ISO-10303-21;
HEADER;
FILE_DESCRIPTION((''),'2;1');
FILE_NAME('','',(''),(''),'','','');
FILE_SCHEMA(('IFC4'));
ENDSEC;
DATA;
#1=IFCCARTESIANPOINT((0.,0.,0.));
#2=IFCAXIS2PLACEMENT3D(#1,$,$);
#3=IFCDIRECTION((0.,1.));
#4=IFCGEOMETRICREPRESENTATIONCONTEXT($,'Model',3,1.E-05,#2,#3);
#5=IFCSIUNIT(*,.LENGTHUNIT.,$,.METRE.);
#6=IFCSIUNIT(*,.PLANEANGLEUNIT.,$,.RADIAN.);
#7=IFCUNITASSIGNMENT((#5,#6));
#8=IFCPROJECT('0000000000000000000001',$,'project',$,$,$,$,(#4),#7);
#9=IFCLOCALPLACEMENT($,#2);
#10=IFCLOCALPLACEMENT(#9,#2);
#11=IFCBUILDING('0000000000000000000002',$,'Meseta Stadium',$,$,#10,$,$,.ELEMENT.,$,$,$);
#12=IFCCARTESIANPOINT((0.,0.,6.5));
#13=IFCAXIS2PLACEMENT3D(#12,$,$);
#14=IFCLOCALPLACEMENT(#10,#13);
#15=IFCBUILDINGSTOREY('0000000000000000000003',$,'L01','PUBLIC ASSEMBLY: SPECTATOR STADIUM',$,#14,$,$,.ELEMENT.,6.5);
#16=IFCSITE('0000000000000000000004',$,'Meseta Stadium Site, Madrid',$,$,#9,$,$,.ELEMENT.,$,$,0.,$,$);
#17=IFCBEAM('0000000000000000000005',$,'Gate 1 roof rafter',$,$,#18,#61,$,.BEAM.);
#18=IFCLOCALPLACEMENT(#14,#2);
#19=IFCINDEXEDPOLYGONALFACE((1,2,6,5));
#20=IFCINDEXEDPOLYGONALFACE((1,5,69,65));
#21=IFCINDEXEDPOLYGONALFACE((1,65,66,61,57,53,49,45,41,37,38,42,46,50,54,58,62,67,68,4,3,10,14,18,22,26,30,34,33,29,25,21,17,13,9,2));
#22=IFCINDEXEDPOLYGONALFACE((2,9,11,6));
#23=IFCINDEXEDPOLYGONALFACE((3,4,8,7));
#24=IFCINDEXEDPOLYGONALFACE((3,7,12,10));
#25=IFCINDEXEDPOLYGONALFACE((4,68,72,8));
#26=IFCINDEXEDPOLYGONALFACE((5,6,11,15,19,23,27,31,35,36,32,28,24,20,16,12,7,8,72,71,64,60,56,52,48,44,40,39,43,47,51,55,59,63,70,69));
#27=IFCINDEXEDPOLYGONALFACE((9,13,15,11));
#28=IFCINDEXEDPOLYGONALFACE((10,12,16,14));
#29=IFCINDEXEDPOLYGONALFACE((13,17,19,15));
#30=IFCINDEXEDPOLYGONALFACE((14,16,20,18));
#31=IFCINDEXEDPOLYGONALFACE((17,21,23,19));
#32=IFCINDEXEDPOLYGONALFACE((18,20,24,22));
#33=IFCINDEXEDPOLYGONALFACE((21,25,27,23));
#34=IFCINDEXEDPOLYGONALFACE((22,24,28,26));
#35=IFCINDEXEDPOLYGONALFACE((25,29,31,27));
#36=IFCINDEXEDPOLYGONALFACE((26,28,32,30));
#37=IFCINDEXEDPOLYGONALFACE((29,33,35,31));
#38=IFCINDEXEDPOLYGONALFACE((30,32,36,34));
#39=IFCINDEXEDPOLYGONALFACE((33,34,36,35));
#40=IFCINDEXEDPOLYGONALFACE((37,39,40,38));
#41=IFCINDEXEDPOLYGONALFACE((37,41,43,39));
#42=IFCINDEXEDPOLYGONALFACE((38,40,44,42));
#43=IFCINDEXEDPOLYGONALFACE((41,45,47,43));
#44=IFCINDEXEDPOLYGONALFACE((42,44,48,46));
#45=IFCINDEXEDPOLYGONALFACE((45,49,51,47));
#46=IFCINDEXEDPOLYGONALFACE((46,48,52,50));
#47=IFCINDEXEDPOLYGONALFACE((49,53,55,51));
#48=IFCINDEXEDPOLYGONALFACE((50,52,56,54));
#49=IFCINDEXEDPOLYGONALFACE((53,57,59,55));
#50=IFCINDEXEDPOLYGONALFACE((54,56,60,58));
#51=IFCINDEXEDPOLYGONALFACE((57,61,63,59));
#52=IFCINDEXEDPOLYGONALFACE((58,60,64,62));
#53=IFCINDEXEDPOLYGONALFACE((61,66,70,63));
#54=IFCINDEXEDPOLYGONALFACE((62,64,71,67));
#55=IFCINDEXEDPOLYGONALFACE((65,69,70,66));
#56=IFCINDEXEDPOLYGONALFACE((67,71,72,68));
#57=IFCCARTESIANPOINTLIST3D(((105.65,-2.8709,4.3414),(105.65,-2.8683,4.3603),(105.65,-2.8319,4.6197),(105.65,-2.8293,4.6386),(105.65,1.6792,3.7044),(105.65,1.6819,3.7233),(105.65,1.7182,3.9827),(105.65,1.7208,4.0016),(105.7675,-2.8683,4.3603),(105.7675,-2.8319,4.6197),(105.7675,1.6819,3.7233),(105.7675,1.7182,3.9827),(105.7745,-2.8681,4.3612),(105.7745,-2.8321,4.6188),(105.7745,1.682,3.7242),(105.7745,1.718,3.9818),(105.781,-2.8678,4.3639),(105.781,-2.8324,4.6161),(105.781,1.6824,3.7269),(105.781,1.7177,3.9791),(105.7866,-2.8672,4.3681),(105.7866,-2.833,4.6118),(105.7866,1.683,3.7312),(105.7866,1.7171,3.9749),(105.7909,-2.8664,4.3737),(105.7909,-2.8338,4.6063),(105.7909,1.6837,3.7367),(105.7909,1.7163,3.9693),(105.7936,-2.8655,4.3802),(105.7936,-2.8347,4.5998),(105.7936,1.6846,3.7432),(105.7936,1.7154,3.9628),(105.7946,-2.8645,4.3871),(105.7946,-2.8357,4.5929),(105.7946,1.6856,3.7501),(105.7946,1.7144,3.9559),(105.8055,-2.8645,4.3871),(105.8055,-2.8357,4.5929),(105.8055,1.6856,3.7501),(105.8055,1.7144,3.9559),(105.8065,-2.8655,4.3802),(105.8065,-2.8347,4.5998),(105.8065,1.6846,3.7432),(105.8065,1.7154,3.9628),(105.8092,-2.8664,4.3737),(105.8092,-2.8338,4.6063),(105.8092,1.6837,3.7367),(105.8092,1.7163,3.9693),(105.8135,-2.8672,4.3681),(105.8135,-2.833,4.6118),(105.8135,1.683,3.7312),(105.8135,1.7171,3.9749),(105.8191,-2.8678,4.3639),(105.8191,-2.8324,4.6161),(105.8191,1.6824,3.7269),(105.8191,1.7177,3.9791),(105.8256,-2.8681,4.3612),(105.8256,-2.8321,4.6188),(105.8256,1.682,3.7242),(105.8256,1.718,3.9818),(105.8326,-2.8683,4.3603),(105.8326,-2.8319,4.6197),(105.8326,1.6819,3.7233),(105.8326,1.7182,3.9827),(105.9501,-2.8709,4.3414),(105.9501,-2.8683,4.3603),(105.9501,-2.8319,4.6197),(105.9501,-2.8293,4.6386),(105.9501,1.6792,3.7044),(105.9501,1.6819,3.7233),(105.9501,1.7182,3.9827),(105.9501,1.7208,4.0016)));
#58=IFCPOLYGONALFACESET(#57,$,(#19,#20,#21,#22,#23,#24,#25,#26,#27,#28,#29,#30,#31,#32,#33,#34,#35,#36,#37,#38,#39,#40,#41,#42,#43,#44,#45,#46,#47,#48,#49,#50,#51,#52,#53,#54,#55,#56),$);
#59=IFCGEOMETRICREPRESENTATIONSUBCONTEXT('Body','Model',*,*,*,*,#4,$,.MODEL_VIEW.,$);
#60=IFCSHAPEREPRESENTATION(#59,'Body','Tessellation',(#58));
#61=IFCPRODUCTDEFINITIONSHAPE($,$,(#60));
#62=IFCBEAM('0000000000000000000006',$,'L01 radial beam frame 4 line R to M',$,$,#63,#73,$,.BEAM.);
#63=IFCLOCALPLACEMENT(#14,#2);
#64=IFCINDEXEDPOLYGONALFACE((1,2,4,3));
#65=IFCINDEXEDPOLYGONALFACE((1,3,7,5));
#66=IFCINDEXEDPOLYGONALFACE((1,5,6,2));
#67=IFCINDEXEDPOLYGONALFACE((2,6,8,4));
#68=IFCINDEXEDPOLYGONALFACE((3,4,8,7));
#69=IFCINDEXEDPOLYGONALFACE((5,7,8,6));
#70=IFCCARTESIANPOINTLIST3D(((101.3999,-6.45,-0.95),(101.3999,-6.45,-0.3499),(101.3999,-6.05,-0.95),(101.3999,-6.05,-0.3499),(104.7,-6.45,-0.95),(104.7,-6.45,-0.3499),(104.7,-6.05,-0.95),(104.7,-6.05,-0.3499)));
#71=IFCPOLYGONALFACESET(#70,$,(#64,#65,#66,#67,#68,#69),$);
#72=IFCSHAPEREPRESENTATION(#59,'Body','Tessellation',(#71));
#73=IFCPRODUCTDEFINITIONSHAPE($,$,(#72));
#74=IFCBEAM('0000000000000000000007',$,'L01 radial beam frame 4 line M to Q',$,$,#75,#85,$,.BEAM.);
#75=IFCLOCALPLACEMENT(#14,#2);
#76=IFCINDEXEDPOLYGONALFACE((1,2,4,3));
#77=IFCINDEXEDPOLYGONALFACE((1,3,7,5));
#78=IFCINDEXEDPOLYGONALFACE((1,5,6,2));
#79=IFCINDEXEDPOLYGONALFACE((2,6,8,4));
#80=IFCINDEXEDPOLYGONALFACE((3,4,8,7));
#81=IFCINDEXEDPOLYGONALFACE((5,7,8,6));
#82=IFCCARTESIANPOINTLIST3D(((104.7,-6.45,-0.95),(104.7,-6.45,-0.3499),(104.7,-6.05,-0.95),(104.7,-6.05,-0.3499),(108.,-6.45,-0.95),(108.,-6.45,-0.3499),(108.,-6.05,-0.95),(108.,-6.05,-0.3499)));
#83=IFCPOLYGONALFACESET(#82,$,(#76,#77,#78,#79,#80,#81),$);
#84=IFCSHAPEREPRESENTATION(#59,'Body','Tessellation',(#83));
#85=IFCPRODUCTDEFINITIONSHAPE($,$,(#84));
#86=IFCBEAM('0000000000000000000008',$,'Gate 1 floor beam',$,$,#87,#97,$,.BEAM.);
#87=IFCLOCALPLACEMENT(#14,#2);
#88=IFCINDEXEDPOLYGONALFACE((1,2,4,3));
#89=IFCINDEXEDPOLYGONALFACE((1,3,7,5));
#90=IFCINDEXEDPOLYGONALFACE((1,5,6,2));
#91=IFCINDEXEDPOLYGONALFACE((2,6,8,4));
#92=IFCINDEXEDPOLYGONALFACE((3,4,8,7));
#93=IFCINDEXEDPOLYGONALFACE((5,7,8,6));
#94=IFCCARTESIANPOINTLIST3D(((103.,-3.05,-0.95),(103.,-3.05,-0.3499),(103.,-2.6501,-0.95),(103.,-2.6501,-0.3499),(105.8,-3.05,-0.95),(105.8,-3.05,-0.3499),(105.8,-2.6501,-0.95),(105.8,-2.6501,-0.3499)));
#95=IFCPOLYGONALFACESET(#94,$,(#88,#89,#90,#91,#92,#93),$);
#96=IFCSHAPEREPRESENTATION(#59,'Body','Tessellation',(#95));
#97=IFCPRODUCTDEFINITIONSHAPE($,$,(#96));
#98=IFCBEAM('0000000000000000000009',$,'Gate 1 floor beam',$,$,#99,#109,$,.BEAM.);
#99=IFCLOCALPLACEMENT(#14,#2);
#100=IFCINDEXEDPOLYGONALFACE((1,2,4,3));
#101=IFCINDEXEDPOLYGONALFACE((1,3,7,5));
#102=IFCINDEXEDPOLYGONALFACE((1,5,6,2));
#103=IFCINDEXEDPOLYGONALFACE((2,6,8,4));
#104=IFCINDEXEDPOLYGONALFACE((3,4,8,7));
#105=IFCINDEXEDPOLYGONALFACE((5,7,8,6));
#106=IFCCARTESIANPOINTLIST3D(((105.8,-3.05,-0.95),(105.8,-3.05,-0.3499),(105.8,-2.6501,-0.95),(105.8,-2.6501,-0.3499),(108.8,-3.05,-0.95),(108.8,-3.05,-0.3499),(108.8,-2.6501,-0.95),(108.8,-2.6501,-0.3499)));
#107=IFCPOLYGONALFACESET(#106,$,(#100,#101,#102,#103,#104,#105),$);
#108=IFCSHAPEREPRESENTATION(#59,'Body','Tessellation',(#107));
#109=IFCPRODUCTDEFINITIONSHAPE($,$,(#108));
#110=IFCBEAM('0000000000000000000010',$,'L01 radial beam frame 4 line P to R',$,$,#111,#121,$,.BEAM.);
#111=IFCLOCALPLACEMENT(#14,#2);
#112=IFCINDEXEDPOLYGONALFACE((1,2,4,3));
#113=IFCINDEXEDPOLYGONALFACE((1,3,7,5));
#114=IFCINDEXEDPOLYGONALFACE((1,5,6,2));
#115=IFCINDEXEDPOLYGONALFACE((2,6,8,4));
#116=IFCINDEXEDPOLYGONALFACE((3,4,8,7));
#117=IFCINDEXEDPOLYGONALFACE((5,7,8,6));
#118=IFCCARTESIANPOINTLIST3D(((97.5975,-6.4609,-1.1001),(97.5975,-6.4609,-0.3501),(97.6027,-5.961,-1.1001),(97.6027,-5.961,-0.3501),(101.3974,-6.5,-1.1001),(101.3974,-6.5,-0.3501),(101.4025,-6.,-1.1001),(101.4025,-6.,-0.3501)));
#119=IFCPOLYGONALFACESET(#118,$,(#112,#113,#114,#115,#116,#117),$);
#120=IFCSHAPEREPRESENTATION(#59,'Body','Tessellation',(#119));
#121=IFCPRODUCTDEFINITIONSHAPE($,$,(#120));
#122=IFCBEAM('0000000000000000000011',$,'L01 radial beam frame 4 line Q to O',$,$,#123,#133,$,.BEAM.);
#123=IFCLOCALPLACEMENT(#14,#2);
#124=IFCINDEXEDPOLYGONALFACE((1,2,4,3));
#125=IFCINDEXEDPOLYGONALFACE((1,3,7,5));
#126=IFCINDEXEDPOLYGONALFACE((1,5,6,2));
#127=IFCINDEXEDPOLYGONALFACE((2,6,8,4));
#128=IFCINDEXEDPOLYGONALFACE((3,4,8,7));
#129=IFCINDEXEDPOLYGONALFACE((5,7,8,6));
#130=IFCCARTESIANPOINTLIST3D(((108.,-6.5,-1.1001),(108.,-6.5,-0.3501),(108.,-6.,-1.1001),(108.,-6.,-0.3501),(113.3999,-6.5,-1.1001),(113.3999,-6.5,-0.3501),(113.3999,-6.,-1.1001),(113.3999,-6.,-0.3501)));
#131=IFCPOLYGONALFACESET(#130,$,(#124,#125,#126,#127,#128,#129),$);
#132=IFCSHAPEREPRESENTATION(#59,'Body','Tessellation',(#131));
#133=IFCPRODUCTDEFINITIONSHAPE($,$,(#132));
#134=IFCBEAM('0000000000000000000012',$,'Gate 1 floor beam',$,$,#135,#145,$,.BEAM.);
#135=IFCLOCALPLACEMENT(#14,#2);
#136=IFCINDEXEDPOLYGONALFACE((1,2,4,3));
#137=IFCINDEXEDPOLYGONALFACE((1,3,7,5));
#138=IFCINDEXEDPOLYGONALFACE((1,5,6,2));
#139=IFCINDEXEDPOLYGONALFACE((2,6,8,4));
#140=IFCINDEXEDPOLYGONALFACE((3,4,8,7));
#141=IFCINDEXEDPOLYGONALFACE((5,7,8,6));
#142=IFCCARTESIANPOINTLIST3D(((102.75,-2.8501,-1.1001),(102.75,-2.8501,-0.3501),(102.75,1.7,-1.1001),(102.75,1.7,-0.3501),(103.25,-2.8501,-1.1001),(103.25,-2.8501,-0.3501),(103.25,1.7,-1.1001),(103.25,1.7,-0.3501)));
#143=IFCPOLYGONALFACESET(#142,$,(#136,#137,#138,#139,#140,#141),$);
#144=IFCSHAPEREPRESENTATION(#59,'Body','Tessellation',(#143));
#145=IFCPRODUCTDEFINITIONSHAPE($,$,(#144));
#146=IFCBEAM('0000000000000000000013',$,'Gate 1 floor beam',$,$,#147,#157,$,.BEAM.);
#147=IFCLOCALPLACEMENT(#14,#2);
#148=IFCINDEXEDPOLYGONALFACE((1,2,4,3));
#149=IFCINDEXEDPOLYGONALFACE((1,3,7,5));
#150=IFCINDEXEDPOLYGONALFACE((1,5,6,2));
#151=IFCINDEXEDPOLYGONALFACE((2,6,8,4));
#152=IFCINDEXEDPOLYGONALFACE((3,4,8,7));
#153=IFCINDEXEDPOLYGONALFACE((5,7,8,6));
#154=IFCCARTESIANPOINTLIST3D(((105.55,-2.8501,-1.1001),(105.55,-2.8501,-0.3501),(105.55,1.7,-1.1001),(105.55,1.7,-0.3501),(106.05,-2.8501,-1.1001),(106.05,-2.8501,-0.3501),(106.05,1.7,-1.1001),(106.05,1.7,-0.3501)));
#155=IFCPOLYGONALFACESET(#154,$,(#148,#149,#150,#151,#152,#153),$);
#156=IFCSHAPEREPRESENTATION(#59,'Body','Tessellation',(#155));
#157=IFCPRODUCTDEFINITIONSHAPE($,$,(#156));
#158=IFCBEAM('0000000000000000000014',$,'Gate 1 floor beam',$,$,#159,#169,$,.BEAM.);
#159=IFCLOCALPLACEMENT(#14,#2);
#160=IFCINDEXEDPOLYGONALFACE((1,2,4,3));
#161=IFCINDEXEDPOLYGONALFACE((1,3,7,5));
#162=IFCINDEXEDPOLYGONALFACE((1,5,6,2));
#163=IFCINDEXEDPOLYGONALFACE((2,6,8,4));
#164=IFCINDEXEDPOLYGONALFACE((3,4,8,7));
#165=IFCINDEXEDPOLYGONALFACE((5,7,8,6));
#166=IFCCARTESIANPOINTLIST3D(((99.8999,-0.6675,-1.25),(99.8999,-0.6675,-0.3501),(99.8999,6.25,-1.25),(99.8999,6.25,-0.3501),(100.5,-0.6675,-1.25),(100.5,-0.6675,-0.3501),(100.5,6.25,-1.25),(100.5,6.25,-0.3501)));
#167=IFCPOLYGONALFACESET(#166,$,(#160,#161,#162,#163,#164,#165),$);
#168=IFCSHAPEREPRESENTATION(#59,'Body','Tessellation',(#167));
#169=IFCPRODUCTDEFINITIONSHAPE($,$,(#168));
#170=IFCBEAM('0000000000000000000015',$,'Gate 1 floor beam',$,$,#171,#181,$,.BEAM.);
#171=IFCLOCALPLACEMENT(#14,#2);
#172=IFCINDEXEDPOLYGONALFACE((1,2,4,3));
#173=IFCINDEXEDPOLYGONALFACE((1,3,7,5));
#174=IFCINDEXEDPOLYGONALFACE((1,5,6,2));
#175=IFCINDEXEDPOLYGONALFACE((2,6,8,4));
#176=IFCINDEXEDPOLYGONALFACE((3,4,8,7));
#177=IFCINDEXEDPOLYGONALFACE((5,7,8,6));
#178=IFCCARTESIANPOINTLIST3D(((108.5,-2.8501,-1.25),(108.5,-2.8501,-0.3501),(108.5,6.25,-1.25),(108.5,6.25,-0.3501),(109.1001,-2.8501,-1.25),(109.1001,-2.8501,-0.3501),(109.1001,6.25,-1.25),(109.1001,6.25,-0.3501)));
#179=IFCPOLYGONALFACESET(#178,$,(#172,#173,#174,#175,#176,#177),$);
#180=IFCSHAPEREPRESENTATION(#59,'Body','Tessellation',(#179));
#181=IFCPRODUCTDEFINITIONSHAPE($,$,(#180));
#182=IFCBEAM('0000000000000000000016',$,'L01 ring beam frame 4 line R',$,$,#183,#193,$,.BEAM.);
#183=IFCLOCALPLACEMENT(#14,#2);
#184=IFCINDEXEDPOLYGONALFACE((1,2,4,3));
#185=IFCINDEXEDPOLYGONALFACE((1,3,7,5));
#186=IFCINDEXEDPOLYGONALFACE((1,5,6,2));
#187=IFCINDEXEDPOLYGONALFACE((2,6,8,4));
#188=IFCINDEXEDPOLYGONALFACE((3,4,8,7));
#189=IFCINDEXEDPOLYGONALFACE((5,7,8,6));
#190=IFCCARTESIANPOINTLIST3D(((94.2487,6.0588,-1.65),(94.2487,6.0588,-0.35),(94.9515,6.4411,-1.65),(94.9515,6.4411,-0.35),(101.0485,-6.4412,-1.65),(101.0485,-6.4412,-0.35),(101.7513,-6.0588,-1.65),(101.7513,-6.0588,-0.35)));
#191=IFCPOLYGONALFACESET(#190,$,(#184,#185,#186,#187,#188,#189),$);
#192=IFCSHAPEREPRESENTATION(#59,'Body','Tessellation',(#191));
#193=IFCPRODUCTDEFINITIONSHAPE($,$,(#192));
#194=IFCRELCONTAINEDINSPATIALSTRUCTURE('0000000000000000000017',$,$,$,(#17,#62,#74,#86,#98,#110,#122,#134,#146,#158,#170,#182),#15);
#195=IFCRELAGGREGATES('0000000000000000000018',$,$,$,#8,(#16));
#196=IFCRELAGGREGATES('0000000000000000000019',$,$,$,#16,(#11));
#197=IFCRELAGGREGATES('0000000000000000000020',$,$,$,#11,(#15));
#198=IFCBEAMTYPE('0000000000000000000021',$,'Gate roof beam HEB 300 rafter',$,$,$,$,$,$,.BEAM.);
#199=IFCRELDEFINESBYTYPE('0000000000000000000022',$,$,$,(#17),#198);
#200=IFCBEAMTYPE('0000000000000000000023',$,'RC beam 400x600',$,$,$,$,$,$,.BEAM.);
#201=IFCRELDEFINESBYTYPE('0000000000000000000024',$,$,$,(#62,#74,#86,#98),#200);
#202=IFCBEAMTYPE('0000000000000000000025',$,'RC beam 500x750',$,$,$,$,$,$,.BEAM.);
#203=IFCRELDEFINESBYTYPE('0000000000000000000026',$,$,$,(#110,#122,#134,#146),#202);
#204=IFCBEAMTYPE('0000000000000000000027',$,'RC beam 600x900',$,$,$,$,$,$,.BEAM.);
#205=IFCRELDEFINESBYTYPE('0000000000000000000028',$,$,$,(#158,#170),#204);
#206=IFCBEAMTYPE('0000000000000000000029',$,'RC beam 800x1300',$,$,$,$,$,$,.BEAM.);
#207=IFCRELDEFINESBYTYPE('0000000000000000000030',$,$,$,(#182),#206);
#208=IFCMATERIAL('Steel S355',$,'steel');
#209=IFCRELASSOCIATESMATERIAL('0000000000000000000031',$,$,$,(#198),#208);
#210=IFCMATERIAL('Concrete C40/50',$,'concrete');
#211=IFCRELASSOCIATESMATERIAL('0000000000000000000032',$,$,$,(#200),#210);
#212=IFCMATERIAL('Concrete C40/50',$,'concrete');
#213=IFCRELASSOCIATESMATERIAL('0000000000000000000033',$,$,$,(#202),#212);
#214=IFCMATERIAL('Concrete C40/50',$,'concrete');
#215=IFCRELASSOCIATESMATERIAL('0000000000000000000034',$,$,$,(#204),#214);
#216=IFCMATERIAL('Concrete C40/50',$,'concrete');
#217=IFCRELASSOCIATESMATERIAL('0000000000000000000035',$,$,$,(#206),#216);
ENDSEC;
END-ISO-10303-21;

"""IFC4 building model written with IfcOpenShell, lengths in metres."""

from ifc_helpers import new_model, si_unit, direction, frame, origin, origin_2d, place, context, subcontext, project, spatial, rectangle, i_section, extrude, material, material_profile, profile_set, type_object, element, save


model = new_model("IFC4")

# Units and contexts
model_context = context("Model", 3, precision=1e-05, world=origin(), true_north=direction((0.0, 1.0)))
body_context = subcontext(model_context, "Body", "Model", "MODEL_VIEW")
ifc_project = project(units=[si_unit("LENGTHUNIT", "METRE"), si_unit("PLANEANGLEUNIT", "RADIAN")], contexts=[model_context])

# Site, building, storey
site_placement = place(None, origin())
site = spatial("IfcSite", under=ifc_project, at=site_placement, Name="Meseta Stadium Site, Madrid", CompositionType="ELEMENT", RefElevation=0.0)
building_placement = place(site_placement, origin())
building = spatial("IfcBuilding", under=site, at=building_placement, Name="Meseta Stadium", CompositionType="ELEMENT")
storey_placement = place(building_placement, frame((0.0, 0.0, 6.5)))
storey = spatial("IfcBuildingStorey", under=building, at=storey_placement, Name="L01", Description="PUBLIC ASSEMBLY: SPECTATOR STADIUM", CompositionType="ELEMENT", Elevation=6.5)

# Beams
ifc_material_1 = material(Name="Steel S355", Category="steel")
ifc_material_profile_1 = material_profile(ifc_material_1, i_section(OverallWidth=0.3, OverallDepth=0.3, WebThickness=0.011, FlangeThickness=0.019, FilletRadius=0.0271, at=origin_2d()), Name="HEB 300")
ifc_profile_set_1 = profile_set([ifc_material_profile_1], Name="Steel S355")
beam_type_1 = type_object("IfcBeamType", Name="Gate roof beam HEB 300 rafter", PredefinedType="BEAM", material=ifc_profile_set_1)
for number, where, z_axis, x_axis, name in (
    (1, (105.8, -2.8501, 4.49), (0.0, 0.990343, -0.138638), (-1.0, 0.0, 0.0), "Gate 1 roof rafter"),
):
    element("IfcBeam", number, at=place(storey_placement, frame(where, z_axis=z_axis, x_axis=x_axis)), inside=storey, type_object=beam_type_1, Name=name, PredefinedType="BEAM", context=body_context, shape_type="SweptSolid", body=[
        extrude(i_section(OverallWidth=0.3, OverallDepth=0.3, WebThickness=0.011, FlangeThickness=0.019, FilletRadius=0.0271, at=origin_2d()), origin(), (0.0, 0.0, 1.0), 4.5945),
    ])
ifc_material_2 = material(Name="Concrete C40/50", Category="concrete")
ifc_material_profile_2 = material_profile(ifc_material_2, rectangle(XDim=0.3999, YDim=0.6001, at=origin_2d()), Name="RC 400x600")
ifc_profile_set_2 = profile_set([ifc_material_profile_2], Name="Concrete C40/50")
beam_type_2 = type_object("IfcBeamType", Name="RC beam 400x600", PredefinedType="BEAM", material=ifc_profile_set_2)
for number, where, z_axis, x_axis, name in (
    (2, (101.3999, -6.25, -0.6499), (1.0, 0.0, 0.0), (0.0, 1.0, 0.0), "L01 radial beam frame 4 line R to M"),
    (3, (104.7, -6.25, -0.6499), (1.0, 0.0, 0.0), (0.0, 1.0, 0.0), "L01 radial beam frame 4 line M to Q"),
):
    element("IfcBeam", number, at=place(storey_placement, frame(where, z_axis=z_axis, x_axis=x_axis)), inside=storey, type_object=beam_type_2, Name=name, PredefinedType="BEAM", context=body_context, shape_type="SweptSolid", body=[
        extrude(rectangle(XDim=0.3999, YDim=0.6001, at=origin_2d()), origin(), (0.0, 0.0, 1.0), 3.3),
    ])
beam_1_placement = place(storey_placement, frame((103.0, -2.8501, -0.6499), z_axis=(1.0, 0.0, 0.0), x_axis=(0.0, 1.0, 0.0)))
element("IfcBeam", 4, at=beam_1_placement, inside=storey, type_object=beam_type_2, Name="Gate 1 floor beam", PredefinedType="BEAM", context=body_context, shape_type="SweptSolid", body=[
    extrude(rectangle(XDim=0.3999, YDim=0.6001, at=origin_2d()), origin(), (0.0, 0.0, 1.0), 2.8),
])
beam_2_placement = place(storey_placement, frame((105.8, -2.8501, -0.6499), z_axis=(1.0, 0.0, 0.0), x_axis=(0.0, 1.0, 0.0)))
element("IfcBeam", 5, at=beam_2_placement, inside=storey, type_object=beam_type_2, Name="Gate 1 floor beam", PredefinedType="BEAM", context=body_context, shape_type="SweptSolid", body=[
    extrude(rectangle(XDim=0.3999, YDim=0.6001, at=origin_2d()), origin(), (0.0, 0.0, 1.0), 3.0),
])
ifc_material_3 = material(Name="Concrete C40/50", Category="concrete")
ifc_material_profile_3 = material_profile(ifc_material_3, rectangle(XDim=0.5, YDim=0.75, at=origin_2d()), Name="RC 500x750")
ifc_profile_set_3 = profile_set([ifc_material_profile_3], Name="Concrete C40/50")
beam_type_3 = type_object("IfcBeamType", Name="RC beam 500x750", PredefinedType="BEAM", material=ifc_profile_set_3)
beam_3_placement = place(storey_placement, frame((97.6001, -6.2109, -0.7251), z_axis=(0.999947, -0.01028, 0.0), x_axis=(0.01028, 0.999947, 0.0)))
element("IfcBeam", 6, at=beam_3_placement, inside=storey, type_object=beam_type_3, Name="L01 radial beam frame 4 line P to R", PredefinedType="BEAM", context=body_context, shape_type="SweptSolid", body=[
    extrude(rectangle(XDim=0.5, YDim=0.75, at=origin_2d()), origin(), (0.0, 0.0, 1.0), 3.8),
])
beam_4_placement = place(storey_placement, frame((108.0, -6.25, -0.7251), z_axis=(1.0, 0.0, 0.0), x_axis=(0.0, 1.0, 0.0)))
element("IfcBeam", 7, at=beam_4_placement, inside=storey, type_object=beam_type_3, Name="L01 radial beam frame 4 line Q to O", PredefinedType="BEAM", context=body_context, shape_type="SweptSolid", body=[
    extrude(rectangle(XDim=0.5, YDim=0.75, at=origin_2d()), origin(), (0.0, 0.0, 1.0), 5.3999),
])
for number, where, z_axis, x_axis, name in (
    (8, (103.0, -2.8501, -0.7251), (0.0, 1.0, 0.0), (-1.0, 0.0, 0.0), "Gate 1 floor beam"),
    (9, (105.8, -2.8501, -0.7251), (0.0, 1.0, 0.0), (-1.0, 0.0, 0.0), "Gate 1 floor beam"),
):
    element("IfcBeam", number, at=place(storey_placement, frame(where, z_axis=z_axis, x_axis=x_axis)), inside=storey, type_object=beam_type_3, Name=name, PredefinedType="BEAM", context=body_context, shape_type="SweptSolid", body=[
        extrude(rectangle(XDim=0.5, YDim=0.75, at=origin_2d()), origin(), (0.0, 0.0, 1.0), 4.55),
    ])
ifc_material_4 = material(Name="Concrete C40/50", Category="concrete")
ifc_material_profile_4 = material_profile(ifc_material_4, rectangle(XDim=0.6001, YDim=0.8999, at=origin_2d()), Name="RC 600x900")
ifc_profile_set_4 = profile_set([ifc_material_profile_4], Name="Concrete C40/50")
beam_type_4 = type_object("IfcBeamType", Name="RC beam 600x900", PredefinedType="BEAM", material=ifc_profile_set_4)
beam_5_placement = place(storey_placement, frame((100.2, -0.6675, -0.8), z_axis=(0.0, 1.0, 0.0), x_axis=(-1.0, 0.0, 0.0)))
element("IfcBeam", 10, at=beam_5_placement, inside=storey, type_object=beam_type_4, Name="Gate 1 floor beam", PredefinedType="BEAM", context=body_context, shape_type="SweptSolid", body=[
    extrude(rectangle(XDim=0.6001, YDim=0.8999, at=origin_2d()), origin(), (0.0, 0.0, 1.0), 6.9175),
])
beam_6_placement = place(storey_placement, frame((108.8, -2.8501, -0.8), z_axis=(0.0, 1.0, 0.0), x_axis=(-1.0, 0.0, 0.0)))
element("IfcBeam", 11, at=beam_6_placement, inside=storey, type_object=beam_type_4, Name="Gate 1 floor beam", PredefinedType="BEAM", context=body_context, shape_type="SweptSolid", body=[
    extrude(rectangle(XDim=0.6001, YDim=0.8999, at=origin_2d()), origin(), (0.0, 0.0, 1.0), 9.1001),
])
ifc_material_5 = material(Name="Concrete C40/50", Category="concrete")
ifc_material_profile_5 = material_profile(ifc_material_5, rectangle(XDim=0.8, YDim=1.3, at=origin_2d()), Name="RC 800x1300")
ifc_profile_set_5 = profile_set([ifc_material_profile_5], Name="Concrete C40/50")
beam_type_5 = type_object("IfcBeamType", Name="RC beam 800x1300", PredefinedType="BEAM", material=ifc_profile_set_5)
beam_7_placement = place(storey_placement, frame((101.3999, -6.25, -1.0), z_axis=(-0.477856, 0.878438, 0.0), x_axis=(-0.878438, -0.477856, 0.0)))
element("IfcBeam", 12, at=beam_7_placement, inside=storey, type_object=beam_type_5, Name="L01 ring beam frame 4 line R", PredefinedType="BEAM", context=body_context, shape_type="SweptSolid", body=[
    extrude(rectangle(XDim=0.8, YDim=1.3, at=origin_2d()), origin(), (0.0, 0.0, 1.0), 14.2297),
])

save(model, "model.ifc")
